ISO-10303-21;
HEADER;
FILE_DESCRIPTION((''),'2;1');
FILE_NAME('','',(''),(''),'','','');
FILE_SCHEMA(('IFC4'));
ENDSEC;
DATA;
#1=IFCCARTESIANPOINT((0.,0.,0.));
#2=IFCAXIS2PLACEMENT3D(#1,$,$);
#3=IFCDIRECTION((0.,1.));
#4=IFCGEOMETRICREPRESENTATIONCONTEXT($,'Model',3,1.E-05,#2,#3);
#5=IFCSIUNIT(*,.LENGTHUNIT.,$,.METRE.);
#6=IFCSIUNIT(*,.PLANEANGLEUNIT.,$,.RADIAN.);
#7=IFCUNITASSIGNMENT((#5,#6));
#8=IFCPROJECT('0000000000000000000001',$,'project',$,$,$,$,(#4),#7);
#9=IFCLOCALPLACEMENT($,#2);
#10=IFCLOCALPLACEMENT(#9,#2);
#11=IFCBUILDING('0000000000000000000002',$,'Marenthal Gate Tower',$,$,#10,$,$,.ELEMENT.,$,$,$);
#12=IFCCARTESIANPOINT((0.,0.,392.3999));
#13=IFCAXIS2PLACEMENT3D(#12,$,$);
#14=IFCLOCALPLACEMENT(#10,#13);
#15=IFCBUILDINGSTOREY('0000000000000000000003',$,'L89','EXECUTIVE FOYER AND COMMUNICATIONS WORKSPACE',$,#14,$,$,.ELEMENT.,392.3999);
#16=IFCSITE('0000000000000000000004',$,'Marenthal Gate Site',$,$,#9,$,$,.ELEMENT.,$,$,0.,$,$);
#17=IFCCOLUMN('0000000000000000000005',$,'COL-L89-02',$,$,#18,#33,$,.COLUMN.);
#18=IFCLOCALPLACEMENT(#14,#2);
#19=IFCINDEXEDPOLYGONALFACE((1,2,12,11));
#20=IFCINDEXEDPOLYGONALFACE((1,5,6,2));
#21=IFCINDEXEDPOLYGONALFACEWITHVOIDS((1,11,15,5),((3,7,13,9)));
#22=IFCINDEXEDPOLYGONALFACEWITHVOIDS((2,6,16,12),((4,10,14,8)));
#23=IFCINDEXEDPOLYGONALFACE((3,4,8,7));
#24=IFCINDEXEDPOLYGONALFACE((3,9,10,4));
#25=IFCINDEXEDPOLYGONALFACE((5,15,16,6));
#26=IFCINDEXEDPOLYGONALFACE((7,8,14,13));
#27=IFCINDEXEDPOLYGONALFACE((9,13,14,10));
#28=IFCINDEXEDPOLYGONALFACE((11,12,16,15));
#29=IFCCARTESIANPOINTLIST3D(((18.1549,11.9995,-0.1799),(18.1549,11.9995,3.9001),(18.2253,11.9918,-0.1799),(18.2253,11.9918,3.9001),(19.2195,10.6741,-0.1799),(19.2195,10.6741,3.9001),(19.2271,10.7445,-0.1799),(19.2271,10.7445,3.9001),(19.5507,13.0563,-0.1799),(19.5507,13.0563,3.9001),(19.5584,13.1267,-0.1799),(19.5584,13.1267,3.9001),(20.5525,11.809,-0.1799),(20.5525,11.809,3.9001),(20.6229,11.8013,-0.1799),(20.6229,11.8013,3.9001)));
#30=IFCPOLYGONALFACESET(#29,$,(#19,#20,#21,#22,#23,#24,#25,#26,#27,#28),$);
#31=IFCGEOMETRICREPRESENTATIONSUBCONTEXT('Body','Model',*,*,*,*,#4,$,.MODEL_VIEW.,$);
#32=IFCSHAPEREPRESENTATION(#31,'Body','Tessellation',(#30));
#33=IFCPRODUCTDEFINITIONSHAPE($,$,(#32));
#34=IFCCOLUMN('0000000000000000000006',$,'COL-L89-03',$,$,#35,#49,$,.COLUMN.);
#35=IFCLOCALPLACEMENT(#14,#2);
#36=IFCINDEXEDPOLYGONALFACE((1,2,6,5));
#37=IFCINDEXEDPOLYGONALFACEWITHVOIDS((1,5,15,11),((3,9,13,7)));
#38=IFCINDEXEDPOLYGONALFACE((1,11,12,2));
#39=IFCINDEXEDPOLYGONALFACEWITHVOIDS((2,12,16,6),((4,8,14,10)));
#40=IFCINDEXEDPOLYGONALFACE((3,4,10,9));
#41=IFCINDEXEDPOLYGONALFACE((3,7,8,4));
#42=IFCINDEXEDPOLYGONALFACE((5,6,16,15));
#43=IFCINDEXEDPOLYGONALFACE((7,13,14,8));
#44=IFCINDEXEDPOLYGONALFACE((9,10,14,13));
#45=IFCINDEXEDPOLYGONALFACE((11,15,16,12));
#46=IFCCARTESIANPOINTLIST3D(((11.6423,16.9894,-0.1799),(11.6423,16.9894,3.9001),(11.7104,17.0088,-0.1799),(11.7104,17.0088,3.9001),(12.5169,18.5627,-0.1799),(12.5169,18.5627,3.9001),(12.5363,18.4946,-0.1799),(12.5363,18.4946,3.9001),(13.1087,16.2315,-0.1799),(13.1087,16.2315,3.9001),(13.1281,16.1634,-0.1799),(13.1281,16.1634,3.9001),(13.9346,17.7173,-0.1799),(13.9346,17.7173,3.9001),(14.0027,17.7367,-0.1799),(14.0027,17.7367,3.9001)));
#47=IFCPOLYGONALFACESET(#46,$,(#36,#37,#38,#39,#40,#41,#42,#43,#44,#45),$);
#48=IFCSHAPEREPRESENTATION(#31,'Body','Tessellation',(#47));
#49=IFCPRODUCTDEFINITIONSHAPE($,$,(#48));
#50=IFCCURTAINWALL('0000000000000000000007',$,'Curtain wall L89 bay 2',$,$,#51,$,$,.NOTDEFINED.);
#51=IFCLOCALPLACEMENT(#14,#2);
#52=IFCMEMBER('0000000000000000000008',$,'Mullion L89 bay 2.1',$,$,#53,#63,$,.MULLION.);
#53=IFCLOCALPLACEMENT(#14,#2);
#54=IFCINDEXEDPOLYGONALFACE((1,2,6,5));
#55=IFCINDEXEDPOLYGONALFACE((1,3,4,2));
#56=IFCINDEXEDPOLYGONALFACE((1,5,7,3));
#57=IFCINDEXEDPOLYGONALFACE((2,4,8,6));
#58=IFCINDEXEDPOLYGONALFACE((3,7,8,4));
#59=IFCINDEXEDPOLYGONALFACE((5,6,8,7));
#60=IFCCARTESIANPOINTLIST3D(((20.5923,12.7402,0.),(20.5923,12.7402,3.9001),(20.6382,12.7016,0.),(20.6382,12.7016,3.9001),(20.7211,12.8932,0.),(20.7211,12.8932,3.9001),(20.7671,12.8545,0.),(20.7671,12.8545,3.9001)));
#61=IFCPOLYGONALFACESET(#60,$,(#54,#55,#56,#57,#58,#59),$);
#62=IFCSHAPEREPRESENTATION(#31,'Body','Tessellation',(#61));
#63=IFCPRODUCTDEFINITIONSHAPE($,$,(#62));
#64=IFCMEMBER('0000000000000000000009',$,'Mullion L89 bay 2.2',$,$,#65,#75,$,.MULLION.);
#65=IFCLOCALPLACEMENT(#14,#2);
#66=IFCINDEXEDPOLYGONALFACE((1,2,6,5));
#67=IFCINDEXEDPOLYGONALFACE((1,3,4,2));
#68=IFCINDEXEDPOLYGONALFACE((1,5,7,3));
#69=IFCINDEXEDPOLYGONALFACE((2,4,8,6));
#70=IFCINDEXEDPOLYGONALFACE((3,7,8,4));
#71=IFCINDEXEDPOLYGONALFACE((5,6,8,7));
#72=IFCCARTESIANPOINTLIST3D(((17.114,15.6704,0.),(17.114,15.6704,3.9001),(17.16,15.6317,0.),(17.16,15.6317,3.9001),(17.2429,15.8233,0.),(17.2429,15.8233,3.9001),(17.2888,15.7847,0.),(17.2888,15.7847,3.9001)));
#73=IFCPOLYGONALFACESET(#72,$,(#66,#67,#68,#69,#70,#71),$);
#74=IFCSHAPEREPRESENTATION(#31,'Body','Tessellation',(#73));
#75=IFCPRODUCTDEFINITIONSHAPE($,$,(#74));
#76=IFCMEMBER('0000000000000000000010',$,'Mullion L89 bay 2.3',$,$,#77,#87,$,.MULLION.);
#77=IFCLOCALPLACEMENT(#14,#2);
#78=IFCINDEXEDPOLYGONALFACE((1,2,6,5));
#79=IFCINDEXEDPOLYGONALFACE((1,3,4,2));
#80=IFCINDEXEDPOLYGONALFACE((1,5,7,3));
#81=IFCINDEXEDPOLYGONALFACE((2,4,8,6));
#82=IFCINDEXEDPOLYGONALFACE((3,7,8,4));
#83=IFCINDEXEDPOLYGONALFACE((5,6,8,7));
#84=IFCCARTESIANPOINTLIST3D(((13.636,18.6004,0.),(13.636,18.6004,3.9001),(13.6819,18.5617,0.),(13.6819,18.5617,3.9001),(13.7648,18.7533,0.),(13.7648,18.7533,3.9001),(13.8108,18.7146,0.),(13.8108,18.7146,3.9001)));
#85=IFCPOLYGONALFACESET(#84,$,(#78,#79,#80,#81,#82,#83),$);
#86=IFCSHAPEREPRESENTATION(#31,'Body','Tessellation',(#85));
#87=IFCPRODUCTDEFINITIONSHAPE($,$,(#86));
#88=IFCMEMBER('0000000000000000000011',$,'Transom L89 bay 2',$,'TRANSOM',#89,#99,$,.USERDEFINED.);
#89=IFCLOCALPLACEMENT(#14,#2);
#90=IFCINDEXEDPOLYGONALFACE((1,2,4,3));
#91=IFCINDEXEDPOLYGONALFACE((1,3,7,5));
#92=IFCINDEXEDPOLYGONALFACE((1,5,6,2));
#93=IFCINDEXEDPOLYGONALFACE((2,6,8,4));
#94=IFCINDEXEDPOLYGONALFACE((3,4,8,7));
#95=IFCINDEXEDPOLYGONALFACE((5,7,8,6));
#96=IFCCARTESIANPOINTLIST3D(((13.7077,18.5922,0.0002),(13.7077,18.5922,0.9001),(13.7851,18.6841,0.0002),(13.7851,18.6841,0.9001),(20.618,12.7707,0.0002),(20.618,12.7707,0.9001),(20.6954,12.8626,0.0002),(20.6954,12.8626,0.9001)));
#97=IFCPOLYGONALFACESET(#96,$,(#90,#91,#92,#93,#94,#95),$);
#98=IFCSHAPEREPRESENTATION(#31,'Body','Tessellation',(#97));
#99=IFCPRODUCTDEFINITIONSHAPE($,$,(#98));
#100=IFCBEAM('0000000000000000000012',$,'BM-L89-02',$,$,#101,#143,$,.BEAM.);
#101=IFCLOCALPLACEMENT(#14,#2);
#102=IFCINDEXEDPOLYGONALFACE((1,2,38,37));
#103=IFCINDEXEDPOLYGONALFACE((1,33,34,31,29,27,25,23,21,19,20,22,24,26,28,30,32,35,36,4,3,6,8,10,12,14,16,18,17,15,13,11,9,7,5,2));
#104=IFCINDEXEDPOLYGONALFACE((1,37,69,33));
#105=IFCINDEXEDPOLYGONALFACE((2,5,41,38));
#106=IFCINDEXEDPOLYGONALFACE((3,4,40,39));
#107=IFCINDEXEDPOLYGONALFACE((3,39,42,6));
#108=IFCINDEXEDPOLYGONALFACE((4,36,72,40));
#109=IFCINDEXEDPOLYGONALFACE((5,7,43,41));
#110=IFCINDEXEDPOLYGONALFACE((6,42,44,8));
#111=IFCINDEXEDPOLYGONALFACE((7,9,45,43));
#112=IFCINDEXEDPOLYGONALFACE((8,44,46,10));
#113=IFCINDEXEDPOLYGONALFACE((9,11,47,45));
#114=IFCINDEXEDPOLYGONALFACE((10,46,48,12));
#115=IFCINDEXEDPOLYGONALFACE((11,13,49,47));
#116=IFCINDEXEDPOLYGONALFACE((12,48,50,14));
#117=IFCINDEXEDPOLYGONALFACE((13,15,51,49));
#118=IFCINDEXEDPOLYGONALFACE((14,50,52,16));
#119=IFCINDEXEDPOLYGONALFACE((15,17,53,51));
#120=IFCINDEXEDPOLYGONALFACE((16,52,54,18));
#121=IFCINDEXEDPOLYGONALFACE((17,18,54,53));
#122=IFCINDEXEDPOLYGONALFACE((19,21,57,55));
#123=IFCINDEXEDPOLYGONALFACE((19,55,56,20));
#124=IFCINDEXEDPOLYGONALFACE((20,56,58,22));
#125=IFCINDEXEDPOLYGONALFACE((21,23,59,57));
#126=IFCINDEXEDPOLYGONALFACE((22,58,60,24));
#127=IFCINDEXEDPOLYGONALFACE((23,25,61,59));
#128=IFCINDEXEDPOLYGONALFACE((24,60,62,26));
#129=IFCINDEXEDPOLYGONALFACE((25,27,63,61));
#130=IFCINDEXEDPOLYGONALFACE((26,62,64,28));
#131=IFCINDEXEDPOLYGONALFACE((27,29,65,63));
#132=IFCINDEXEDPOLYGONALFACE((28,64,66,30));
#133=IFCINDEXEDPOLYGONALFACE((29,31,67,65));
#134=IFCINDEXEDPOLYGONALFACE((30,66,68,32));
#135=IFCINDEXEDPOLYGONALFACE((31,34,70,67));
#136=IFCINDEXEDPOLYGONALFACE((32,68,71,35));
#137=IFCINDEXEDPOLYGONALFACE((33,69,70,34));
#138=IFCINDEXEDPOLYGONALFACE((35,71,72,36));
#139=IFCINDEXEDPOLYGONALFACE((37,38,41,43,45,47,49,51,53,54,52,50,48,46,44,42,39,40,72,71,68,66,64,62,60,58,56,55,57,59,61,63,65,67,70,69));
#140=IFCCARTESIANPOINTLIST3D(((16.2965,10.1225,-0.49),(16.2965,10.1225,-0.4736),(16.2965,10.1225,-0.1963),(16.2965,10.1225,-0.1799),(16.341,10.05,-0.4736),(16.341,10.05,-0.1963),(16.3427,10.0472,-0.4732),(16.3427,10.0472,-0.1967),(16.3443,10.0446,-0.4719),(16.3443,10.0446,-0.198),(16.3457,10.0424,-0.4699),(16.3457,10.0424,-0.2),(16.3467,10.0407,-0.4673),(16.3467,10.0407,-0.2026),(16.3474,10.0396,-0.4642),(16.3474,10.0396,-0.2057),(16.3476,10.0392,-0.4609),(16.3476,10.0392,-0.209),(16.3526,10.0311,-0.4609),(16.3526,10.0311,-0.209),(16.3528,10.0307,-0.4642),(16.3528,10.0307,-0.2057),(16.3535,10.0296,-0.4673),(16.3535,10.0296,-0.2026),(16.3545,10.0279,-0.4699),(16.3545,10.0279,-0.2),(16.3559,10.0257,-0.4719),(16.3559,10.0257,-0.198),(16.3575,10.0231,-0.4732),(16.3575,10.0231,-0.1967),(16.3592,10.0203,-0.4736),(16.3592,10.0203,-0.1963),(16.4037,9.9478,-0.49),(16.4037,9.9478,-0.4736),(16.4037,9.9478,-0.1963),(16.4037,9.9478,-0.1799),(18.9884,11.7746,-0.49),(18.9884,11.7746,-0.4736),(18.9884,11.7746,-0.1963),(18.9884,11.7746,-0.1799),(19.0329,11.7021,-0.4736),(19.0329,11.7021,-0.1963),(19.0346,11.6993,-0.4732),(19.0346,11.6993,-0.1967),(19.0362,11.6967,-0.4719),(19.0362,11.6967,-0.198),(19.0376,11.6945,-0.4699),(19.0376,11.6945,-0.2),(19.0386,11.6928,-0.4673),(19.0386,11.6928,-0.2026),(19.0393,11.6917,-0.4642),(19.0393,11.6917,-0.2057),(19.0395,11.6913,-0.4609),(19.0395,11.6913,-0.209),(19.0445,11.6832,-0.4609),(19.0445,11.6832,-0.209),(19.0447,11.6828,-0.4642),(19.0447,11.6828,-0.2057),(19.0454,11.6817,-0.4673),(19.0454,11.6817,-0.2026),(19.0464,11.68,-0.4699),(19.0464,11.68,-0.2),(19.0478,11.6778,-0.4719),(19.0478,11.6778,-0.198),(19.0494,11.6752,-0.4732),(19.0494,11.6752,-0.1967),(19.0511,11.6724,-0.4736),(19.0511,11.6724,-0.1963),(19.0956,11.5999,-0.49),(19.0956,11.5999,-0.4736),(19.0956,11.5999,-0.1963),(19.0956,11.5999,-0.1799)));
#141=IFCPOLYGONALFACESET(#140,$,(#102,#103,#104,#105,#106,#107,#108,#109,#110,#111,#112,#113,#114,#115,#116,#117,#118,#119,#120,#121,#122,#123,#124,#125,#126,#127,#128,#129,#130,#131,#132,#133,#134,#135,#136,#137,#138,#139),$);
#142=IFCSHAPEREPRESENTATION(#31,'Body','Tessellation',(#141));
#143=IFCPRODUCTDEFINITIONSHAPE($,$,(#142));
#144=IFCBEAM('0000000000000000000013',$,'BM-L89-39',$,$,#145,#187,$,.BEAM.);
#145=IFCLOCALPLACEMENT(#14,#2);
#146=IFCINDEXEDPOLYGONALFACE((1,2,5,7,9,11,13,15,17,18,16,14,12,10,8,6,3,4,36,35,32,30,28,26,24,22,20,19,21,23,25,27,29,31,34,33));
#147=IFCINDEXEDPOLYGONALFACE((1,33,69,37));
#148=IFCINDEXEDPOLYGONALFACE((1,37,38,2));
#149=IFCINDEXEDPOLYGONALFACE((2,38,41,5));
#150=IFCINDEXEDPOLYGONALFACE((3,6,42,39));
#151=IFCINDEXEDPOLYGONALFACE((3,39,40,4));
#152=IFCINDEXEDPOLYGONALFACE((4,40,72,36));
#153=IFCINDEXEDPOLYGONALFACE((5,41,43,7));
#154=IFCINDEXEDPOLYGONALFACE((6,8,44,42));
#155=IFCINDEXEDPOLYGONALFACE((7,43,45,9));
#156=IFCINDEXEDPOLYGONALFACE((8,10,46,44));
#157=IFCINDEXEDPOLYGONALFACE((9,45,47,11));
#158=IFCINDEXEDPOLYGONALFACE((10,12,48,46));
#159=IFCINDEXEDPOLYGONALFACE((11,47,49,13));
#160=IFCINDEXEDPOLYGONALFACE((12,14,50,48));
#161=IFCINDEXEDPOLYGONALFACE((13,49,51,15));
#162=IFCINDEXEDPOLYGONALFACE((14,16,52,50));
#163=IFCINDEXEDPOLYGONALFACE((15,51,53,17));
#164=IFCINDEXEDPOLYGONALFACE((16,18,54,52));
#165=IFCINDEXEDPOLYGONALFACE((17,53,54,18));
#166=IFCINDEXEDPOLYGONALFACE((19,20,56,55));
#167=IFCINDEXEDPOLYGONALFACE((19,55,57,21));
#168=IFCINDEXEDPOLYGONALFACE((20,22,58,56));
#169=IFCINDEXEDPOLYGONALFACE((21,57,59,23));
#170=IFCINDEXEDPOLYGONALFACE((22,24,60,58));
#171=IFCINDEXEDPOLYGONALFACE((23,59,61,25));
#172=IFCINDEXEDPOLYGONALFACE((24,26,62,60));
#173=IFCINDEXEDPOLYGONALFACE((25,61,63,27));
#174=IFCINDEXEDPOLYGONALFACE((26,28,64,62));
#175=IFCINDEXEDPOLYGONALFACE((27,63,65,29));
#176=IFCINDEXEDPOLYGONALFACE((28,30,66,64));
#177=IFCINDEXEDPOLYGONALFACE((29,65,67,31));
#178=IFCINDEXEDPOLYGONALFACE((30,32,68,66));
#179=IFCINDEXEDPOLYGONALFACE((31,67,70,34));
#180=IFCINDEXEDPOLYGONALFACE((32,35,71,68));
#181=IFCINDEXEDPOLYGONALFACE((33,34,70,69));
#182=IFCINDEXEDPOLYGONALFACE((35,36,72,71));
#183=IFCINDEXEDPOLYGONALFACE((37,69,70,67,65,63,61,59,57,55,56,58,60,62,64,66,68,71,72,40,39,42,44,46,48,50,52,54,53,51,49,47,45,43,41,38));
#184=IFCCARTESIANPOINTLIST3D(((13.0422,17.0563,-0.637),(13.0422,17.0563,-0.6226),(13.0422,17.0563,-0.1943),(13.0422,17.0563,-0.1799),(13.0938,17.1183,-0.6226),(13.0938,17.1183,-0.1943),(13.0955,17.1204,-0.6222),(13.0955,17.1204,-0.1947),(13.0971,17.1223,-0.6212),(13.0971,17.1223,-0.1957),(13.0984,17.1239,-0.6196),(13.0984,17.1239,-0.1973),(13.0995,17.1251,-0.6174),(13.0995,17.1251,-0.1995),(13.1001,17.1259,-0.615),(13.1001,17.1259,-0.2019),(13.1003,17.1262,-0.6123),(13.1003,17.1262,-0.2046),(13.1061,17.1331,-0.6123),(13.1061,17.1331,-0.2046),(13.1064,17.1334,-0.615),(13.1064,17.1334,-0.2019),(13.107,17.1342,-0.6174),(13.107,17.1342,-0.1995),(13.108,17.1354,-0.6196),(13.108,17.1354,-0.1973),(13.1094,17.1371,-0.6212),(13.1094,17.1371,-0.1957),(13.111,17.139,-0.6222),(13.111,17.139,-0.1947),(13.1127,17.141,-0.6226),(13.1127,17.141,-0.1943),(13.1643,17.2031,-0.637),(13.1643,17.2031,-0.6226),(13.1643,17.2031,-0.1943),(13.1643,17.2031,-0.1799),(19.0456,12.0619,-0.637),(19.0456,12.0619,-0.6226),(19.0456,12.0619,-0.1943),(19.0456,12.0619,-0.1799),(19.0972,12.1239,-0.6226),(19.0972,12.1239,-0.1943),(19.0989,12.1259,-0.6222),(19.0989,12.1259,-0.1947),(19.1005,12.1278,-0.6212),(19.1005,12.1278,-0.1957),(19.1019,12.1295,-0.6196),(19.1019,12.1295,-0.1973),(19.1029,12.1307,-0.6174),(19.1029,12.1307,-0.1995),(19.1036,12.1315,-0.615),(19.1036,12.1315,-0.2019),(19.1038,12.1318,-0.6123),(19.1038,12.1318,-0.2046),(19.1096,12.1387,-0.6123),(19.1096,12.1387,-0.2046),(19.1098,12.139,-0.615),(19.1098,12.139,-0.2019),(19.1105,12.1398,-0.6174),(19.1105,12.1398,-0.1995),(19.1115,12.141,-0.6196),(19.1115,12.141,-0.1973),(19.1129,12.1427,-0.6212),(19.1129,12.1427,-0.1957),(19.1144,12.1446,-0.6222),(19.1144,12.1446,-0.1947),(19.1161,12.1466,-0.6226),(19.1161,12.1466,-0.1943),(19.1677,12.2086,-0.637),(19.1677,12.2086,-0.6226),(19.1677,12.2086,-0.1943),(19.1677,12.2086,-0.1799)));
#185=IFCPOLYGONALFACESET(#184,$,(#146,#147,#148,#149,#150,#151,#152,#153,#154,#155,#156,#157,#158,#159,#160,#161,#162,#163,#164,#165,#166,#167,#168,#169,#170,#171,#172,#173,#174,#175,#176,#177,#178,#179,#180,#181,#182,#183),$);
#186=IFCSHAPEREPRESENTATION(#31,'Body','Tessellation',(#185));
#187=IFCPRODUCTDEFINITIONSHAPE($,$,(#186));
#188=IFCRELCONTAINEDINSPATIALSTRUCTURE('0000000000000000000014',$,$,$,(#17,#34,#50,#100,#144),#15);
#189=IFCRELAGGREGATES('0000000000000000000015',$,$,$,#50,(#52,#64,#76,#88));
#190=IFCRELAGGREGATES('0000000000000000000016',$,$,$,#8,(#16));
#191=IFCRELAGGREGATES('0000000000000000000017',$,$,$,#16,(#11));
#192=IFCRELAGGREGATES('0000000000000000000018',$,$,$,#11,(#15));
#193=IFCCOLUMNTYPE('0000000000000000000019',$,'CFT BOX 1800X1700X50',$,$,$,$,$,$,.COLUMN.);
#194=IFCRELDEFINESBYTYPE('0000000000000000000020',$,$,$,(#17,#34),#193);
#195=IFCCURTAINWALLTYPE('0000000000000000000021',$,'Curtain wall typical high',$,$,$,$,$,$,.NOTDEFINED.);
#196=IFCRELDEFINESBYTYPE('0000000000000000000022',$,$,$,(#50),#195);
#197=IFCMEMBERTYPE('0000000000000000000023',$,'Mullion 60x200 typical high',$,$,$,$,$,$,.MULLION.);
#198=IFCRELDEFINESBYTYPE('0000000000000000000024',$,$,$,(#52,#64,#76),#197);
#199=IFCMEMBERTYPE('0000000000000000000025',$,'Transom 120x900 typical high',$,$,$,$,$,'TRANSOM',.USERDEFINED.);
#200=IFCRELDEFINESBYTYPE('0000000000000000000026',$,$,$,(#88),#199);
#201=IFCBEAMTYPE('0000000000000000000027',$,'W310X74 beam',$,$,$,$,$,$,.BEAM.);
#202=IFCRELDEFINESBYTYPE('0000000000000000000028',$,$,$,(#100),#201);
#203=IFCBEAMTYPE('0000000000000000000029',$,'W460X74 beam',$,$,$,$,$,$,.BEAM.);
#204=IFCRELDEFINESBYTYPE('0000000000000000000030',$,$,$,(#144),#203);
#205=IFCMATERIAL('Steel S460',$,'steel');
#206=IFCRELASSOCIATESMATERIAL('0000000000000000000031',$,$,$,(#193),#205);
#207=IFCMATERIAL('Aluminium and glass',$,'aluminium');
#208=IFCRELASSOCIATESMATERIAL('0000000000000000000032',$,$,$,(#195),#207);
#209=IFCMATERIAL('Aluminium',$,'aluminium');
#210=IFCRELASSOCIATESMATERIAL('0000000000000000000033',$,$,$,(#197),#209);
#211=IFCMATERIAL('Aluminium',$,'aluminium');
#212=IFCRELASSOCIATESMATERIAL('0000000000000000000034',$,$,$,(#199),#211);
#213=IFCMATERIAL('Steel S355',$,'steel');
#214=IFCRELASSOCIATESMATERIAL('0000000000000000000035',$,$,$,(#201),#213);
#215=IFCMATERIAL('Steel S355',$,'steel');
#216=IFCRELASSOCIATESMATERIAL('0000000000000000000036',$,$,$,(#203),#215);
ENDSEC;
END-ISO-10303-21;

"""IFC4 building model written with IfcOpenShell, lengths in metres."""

from ifc_helpers import new_model, si_unit, direction, frame, origin, origin_2d, place, context, subcontext, project, spatial, rectangle, hollow_rectangle, i_section, extrude, material, material_profile, profile_set, type_object, element, aggregate, save


model = new_model("IFC4")

# Units and contexts
model_context = context("Model", 3, precision=1e-05, world=origin(), true_north=direction((0.0, 1.0)))
body_context = subcontext(model_context, "Body", "Model", "MODEL_VIEW")
ifc_project = project(units=[si_unit("LENGTHUNIT", "METRE"), si_unit("PLANEANGLEUNIT", "RADIAN")], contexts=[model_context])

# Site, building, storey
site_placement = place(None, origin())
site = spatial("IfcSite", under=ifc_project, at=site_placement, Name="Marenthal Gate Site", CompositionType="ELEMENT", RefElevation=0.0)
building_placement = place(site_placement, origin())
building = spatial("IfcBuilding", under=site, at=building_placement, Name="Marenthal Gate Tower", CompositionType="ELEMENT")
storey_placement = place(building_placement, frame((0.0, 0.0, 392.3999)))
storey = spatial("IfcBuildingStorey", under=building, at=storey_placement, Name="L89", Description="EXECUTIVE FOYER AND COMMUNICATIONS WORKSPACE", CompositionType="ELEMENT", Elevation=392.3999)

# Columns
ifc_material_1 = material(Name="Steel S460", Category="steel")
ifc_material_profile_1 = material_profile(ifc_material_1, hollow_rectangle(XDim=1.7, YDim=1.8, WallThickness=0.05, at=origin_2d()), Name="CFT BOX 1800X1700X50")
ifc_material_2 = material(Name="Concrete 70 MPa", Category="concrete")
ifc_material_profile_2 = material_profile(ifc_material_2, rectangle(XDim=1.6001, YDim=1.7, at=origin_2d()), Name="CFT BOX 1800X1700X50 INFILL")
ifc_profile_set_1 = profile_set([ifc_material_profile_1, ifc_material_profile_2], Name="Steel S460 shell, Concrete 70 MPa infill")
column_type = type_object("IfcColumnType", Name="CFT BOX 1800X1700X50", PredefinedType="COLUMN", material=ifc_profile_set_1)
for number, where, z_axis, x_axis, name in (
    (1, (19.3889, 11.9004, -0.1799), (0.0, 0.0, 1.0), (0.626198, -0.779664, 0.0), "COL-L89-02"),
    (2, (12.8225, 17.363, -0.1799), (0.0, 0.0, 1.0), (0.874037, -0.48586, 0.0), "COL-L89-03"),
):
    element("IfcColumn", number, at=place(storey_placement, frame(where, z_axis=z_axis, x_axis=x_axis)), inside=storey, type_object=column_type, Name=name, PredefinedType="COLUMN", context=body_context, shape_type="SweptSolid", body=[
        extrude(hollow_rectangle(XDim=1.7, YDim=1.8, WallThickness=0.05, at=origin_2d()), origin(), (0.0, 0.0, 1.0), 4.0801),
    ])

# Curtain wall, members
ifc_material_3 = material(Name="Aluminium and glass", Category="aluminium")
curtain_wall_type = type_object("IfcCurtainWallType", Name="Curtain wall typical high", PredefinedType="NOTDEFINED", material=ifc_material_3)
curtain_wall_placement = place(storey_placement, origin())
curtain_wall = element("IfcCurtainWall", 3, at=curtain_wall_placement, inside=storey, type_object=curtain_wall_type, Name="Curtain wall L89 bay 2", PredefinedType="NOTDEFINED")
ifc_material_4 = material(Name="Aluminium", Category="aluminium")
ifc_material_profile_3 = material_profile(ifc_material_4, rectangle(XDim=0.2, YDim=0.0601, at=origin_2d()), Name="60x200 aluminium mullion")
ifc_profile_set_2 = profile_set([ifc_material_profile_3], Name="Aluminium")
member_type_1 = type_object("IfcMemberType", Name="Mullion 60x200 typical high", PredefinedType="MULLION", material=ifc_profile_set_2)
member_1_placement = place(storey_placement, frame((20.6797, 12.7974, 0.0), z_axis=(0.0, 0.0, 1.0), x_axis=(-0.644265, -0.764802, 0.0)))
member_1 = element("IfcMember", 4, at=member_1_placement, type_object=member_type_1, Name="Mullion L89 bay 2.1", PredefinedType="MULLION", context=body_context, shape_type="SweptSolid", body=[
    extrude(rectangle(XDim=0.2, YDim=0.0601, at=origin_2d()), origin(), (0.0, 0.0, 1.0), 3.9001),
])
member_2_placement = place(storey_placement, frame((17.2014, 15.7275, 0.0), z_axis=(0.0, 0.0, 1.0), x_axis=(-0.644265, -0.764802, 0.0)))
member_2 = element("IfcMember", 5, at=member_2_placement, type_object=member_type_1, Name="Mullion L89 bay 2.2", PredefinedType="MULLION", context=body_context, shape_type="SweptSolid", body=[
    extrude(rectangle(XDim=0.2, YDim=0.0601, at=origin_2d()), origin(), (0.0, 0.0, 1.0), 3.9001),
])
member_3_placement = place(storey_placement, frame((13.7234, 18.6575, 0.0), z_axis=(0.0, 0.0, 1.0), x_axis=(-0.644265, -0.764802, 0.0)))
member_3 = element("IfcMember", 6, at=member_3_placement, type_object=member_type_1, Name="Mullion L89 bay 2.3", PredefinedType="MULLION", context=body_context, shape_type="SweptSolid", body=[
    extrude(rectangle(XDim=0.2, YDim=0.0601, at=origin_2d()), origin(), (0.0, 0.0, 1.0), 3.9001),
])
ifc_material_5 = material(Name="Aluminium", Category="aluminium")
ifc_material_profile_4 = material_profile(ifc_material_5, rectangle(XDim=0.1201, YDim=0.8999, at=origin_2d()), Name="120x900 aluminium transom")
ifc_profile_set_3 = profile_set([ifc_material_profile_4], Name="Aluminium")
member_type_2 = type_object("IfcMemberType", Name="Transom 120x900 typical high", ElementType="TRANSOM", PredefinedType="USERDEFINED", material=ifc_profile_set_3)
member_4_placement = place(storey_placement, frame((20.6567, 12.8167, 0.4502), z_axis=(-0.764789, 0.644281, 0.0), x_axis=(-0.644281, -0.764789, 0.0)))
member_4 = element("IfcMember", 7, at=member_4_placement, type_object=member_type_2, Name="Transom L89 bay 2", ObjectType="TRANSOM", PredefinedType="USERDEFINED", context=body_context, shape_type="SweptSolid", body=[
    extrude(rectangle(XDim=0.1201, YDim=0.8999, at=origin_2d()), origin(), (0.0, 0.0, 1.0), 9.0356),
])

# Beams
ifc_material_6 = material(Name="Steel S355", Category="steel")
ifc_material_profile_5 = material_profile(ifc_material_6, i_section(OverallWidth=0.2051, OverallDepth=0.3101, WebThickness=0.0095, FlangeThickness=0.0164, FilletRadius=0.0127, at=origin_2d()), Name="W310X74")
ifc_profile_set_4 = profile_set([ifc_material_profile_5], Name="Steel S355")
beam_type_1 = type_object("IfcBeamType", Name="W310X74 beam", PredefinedType="BEAM", material=ifc_profile_set_4)
beam_1_placement = place(storey_placement, frame((19.042, 11.6873, -0.335), z_axis=(-0.852287, -0.523075, 0.0), x_axis=(0.523075, -0.852287, 0.0)))
element("IfcBeam", 8, at=beam_1_placement, inside=storey, type_object=beam_type_1, Name="BM-L89-02", PredefinedType="BEAM", context=body_context, shape_type="SweptSolid", body=[
    extrude(i_section(OverallWidth=0.2051, OverallDepth=0.3101, WebThickness=0.0095, FlangeThickness=0.0164, FilletRadius=0.0127, at=origin_2d()), origin(), (0.0, 0.0, 1.0), 3.1584),
])
ifc_material_7 = material(Name="Steel S355", Category="steel")
ifc_material_profile_6 = material_profile(ifc_material_7, i_section(OverallWidth=0.1909, OverallDepth=0.457, WebThickness=0.009, FlangeThickness=0.0144, FilletRadius=0.0103, at=origin_2d()), Name="W460X74")
ifc_profile_set_5 = profile_set([ifc_material_profile_6], Name="Steel S355")
beam_type_2 = type_object("IfcBeamType", Name="W460X74 beam", PredefinedType="BEAM", material=ifc_profile_set_5)
beam_2_placement = place(storey_placement, frame((19.1067, 12.1353, -0.4084), z_axis=(-0.768754, 0.639545, 0.0), x_axis=(-0.639545, -0.768754, 0.0)))
element("IfcBeam", 9, at=beam_2_placement, inside=storey, type_object=beam_type_2, Name="BM-L89-39", PredefinedType="BEAM", context=body_context, shape_type="SweptSolid", body=[
    extrude(i_section(OverallWidth=0.1909, OverallDepth=0.457, WebThickness=0.009, FlangeThickness=0.0144, FilletRadius=0.0103, at=origin_2d()), origin(), (0.0, 0.0, 1.0), 7.8093),
])

aggregate(curtain_wall, [member_1, member_2, member_3, member_4])

save(model, "model.ifc")
